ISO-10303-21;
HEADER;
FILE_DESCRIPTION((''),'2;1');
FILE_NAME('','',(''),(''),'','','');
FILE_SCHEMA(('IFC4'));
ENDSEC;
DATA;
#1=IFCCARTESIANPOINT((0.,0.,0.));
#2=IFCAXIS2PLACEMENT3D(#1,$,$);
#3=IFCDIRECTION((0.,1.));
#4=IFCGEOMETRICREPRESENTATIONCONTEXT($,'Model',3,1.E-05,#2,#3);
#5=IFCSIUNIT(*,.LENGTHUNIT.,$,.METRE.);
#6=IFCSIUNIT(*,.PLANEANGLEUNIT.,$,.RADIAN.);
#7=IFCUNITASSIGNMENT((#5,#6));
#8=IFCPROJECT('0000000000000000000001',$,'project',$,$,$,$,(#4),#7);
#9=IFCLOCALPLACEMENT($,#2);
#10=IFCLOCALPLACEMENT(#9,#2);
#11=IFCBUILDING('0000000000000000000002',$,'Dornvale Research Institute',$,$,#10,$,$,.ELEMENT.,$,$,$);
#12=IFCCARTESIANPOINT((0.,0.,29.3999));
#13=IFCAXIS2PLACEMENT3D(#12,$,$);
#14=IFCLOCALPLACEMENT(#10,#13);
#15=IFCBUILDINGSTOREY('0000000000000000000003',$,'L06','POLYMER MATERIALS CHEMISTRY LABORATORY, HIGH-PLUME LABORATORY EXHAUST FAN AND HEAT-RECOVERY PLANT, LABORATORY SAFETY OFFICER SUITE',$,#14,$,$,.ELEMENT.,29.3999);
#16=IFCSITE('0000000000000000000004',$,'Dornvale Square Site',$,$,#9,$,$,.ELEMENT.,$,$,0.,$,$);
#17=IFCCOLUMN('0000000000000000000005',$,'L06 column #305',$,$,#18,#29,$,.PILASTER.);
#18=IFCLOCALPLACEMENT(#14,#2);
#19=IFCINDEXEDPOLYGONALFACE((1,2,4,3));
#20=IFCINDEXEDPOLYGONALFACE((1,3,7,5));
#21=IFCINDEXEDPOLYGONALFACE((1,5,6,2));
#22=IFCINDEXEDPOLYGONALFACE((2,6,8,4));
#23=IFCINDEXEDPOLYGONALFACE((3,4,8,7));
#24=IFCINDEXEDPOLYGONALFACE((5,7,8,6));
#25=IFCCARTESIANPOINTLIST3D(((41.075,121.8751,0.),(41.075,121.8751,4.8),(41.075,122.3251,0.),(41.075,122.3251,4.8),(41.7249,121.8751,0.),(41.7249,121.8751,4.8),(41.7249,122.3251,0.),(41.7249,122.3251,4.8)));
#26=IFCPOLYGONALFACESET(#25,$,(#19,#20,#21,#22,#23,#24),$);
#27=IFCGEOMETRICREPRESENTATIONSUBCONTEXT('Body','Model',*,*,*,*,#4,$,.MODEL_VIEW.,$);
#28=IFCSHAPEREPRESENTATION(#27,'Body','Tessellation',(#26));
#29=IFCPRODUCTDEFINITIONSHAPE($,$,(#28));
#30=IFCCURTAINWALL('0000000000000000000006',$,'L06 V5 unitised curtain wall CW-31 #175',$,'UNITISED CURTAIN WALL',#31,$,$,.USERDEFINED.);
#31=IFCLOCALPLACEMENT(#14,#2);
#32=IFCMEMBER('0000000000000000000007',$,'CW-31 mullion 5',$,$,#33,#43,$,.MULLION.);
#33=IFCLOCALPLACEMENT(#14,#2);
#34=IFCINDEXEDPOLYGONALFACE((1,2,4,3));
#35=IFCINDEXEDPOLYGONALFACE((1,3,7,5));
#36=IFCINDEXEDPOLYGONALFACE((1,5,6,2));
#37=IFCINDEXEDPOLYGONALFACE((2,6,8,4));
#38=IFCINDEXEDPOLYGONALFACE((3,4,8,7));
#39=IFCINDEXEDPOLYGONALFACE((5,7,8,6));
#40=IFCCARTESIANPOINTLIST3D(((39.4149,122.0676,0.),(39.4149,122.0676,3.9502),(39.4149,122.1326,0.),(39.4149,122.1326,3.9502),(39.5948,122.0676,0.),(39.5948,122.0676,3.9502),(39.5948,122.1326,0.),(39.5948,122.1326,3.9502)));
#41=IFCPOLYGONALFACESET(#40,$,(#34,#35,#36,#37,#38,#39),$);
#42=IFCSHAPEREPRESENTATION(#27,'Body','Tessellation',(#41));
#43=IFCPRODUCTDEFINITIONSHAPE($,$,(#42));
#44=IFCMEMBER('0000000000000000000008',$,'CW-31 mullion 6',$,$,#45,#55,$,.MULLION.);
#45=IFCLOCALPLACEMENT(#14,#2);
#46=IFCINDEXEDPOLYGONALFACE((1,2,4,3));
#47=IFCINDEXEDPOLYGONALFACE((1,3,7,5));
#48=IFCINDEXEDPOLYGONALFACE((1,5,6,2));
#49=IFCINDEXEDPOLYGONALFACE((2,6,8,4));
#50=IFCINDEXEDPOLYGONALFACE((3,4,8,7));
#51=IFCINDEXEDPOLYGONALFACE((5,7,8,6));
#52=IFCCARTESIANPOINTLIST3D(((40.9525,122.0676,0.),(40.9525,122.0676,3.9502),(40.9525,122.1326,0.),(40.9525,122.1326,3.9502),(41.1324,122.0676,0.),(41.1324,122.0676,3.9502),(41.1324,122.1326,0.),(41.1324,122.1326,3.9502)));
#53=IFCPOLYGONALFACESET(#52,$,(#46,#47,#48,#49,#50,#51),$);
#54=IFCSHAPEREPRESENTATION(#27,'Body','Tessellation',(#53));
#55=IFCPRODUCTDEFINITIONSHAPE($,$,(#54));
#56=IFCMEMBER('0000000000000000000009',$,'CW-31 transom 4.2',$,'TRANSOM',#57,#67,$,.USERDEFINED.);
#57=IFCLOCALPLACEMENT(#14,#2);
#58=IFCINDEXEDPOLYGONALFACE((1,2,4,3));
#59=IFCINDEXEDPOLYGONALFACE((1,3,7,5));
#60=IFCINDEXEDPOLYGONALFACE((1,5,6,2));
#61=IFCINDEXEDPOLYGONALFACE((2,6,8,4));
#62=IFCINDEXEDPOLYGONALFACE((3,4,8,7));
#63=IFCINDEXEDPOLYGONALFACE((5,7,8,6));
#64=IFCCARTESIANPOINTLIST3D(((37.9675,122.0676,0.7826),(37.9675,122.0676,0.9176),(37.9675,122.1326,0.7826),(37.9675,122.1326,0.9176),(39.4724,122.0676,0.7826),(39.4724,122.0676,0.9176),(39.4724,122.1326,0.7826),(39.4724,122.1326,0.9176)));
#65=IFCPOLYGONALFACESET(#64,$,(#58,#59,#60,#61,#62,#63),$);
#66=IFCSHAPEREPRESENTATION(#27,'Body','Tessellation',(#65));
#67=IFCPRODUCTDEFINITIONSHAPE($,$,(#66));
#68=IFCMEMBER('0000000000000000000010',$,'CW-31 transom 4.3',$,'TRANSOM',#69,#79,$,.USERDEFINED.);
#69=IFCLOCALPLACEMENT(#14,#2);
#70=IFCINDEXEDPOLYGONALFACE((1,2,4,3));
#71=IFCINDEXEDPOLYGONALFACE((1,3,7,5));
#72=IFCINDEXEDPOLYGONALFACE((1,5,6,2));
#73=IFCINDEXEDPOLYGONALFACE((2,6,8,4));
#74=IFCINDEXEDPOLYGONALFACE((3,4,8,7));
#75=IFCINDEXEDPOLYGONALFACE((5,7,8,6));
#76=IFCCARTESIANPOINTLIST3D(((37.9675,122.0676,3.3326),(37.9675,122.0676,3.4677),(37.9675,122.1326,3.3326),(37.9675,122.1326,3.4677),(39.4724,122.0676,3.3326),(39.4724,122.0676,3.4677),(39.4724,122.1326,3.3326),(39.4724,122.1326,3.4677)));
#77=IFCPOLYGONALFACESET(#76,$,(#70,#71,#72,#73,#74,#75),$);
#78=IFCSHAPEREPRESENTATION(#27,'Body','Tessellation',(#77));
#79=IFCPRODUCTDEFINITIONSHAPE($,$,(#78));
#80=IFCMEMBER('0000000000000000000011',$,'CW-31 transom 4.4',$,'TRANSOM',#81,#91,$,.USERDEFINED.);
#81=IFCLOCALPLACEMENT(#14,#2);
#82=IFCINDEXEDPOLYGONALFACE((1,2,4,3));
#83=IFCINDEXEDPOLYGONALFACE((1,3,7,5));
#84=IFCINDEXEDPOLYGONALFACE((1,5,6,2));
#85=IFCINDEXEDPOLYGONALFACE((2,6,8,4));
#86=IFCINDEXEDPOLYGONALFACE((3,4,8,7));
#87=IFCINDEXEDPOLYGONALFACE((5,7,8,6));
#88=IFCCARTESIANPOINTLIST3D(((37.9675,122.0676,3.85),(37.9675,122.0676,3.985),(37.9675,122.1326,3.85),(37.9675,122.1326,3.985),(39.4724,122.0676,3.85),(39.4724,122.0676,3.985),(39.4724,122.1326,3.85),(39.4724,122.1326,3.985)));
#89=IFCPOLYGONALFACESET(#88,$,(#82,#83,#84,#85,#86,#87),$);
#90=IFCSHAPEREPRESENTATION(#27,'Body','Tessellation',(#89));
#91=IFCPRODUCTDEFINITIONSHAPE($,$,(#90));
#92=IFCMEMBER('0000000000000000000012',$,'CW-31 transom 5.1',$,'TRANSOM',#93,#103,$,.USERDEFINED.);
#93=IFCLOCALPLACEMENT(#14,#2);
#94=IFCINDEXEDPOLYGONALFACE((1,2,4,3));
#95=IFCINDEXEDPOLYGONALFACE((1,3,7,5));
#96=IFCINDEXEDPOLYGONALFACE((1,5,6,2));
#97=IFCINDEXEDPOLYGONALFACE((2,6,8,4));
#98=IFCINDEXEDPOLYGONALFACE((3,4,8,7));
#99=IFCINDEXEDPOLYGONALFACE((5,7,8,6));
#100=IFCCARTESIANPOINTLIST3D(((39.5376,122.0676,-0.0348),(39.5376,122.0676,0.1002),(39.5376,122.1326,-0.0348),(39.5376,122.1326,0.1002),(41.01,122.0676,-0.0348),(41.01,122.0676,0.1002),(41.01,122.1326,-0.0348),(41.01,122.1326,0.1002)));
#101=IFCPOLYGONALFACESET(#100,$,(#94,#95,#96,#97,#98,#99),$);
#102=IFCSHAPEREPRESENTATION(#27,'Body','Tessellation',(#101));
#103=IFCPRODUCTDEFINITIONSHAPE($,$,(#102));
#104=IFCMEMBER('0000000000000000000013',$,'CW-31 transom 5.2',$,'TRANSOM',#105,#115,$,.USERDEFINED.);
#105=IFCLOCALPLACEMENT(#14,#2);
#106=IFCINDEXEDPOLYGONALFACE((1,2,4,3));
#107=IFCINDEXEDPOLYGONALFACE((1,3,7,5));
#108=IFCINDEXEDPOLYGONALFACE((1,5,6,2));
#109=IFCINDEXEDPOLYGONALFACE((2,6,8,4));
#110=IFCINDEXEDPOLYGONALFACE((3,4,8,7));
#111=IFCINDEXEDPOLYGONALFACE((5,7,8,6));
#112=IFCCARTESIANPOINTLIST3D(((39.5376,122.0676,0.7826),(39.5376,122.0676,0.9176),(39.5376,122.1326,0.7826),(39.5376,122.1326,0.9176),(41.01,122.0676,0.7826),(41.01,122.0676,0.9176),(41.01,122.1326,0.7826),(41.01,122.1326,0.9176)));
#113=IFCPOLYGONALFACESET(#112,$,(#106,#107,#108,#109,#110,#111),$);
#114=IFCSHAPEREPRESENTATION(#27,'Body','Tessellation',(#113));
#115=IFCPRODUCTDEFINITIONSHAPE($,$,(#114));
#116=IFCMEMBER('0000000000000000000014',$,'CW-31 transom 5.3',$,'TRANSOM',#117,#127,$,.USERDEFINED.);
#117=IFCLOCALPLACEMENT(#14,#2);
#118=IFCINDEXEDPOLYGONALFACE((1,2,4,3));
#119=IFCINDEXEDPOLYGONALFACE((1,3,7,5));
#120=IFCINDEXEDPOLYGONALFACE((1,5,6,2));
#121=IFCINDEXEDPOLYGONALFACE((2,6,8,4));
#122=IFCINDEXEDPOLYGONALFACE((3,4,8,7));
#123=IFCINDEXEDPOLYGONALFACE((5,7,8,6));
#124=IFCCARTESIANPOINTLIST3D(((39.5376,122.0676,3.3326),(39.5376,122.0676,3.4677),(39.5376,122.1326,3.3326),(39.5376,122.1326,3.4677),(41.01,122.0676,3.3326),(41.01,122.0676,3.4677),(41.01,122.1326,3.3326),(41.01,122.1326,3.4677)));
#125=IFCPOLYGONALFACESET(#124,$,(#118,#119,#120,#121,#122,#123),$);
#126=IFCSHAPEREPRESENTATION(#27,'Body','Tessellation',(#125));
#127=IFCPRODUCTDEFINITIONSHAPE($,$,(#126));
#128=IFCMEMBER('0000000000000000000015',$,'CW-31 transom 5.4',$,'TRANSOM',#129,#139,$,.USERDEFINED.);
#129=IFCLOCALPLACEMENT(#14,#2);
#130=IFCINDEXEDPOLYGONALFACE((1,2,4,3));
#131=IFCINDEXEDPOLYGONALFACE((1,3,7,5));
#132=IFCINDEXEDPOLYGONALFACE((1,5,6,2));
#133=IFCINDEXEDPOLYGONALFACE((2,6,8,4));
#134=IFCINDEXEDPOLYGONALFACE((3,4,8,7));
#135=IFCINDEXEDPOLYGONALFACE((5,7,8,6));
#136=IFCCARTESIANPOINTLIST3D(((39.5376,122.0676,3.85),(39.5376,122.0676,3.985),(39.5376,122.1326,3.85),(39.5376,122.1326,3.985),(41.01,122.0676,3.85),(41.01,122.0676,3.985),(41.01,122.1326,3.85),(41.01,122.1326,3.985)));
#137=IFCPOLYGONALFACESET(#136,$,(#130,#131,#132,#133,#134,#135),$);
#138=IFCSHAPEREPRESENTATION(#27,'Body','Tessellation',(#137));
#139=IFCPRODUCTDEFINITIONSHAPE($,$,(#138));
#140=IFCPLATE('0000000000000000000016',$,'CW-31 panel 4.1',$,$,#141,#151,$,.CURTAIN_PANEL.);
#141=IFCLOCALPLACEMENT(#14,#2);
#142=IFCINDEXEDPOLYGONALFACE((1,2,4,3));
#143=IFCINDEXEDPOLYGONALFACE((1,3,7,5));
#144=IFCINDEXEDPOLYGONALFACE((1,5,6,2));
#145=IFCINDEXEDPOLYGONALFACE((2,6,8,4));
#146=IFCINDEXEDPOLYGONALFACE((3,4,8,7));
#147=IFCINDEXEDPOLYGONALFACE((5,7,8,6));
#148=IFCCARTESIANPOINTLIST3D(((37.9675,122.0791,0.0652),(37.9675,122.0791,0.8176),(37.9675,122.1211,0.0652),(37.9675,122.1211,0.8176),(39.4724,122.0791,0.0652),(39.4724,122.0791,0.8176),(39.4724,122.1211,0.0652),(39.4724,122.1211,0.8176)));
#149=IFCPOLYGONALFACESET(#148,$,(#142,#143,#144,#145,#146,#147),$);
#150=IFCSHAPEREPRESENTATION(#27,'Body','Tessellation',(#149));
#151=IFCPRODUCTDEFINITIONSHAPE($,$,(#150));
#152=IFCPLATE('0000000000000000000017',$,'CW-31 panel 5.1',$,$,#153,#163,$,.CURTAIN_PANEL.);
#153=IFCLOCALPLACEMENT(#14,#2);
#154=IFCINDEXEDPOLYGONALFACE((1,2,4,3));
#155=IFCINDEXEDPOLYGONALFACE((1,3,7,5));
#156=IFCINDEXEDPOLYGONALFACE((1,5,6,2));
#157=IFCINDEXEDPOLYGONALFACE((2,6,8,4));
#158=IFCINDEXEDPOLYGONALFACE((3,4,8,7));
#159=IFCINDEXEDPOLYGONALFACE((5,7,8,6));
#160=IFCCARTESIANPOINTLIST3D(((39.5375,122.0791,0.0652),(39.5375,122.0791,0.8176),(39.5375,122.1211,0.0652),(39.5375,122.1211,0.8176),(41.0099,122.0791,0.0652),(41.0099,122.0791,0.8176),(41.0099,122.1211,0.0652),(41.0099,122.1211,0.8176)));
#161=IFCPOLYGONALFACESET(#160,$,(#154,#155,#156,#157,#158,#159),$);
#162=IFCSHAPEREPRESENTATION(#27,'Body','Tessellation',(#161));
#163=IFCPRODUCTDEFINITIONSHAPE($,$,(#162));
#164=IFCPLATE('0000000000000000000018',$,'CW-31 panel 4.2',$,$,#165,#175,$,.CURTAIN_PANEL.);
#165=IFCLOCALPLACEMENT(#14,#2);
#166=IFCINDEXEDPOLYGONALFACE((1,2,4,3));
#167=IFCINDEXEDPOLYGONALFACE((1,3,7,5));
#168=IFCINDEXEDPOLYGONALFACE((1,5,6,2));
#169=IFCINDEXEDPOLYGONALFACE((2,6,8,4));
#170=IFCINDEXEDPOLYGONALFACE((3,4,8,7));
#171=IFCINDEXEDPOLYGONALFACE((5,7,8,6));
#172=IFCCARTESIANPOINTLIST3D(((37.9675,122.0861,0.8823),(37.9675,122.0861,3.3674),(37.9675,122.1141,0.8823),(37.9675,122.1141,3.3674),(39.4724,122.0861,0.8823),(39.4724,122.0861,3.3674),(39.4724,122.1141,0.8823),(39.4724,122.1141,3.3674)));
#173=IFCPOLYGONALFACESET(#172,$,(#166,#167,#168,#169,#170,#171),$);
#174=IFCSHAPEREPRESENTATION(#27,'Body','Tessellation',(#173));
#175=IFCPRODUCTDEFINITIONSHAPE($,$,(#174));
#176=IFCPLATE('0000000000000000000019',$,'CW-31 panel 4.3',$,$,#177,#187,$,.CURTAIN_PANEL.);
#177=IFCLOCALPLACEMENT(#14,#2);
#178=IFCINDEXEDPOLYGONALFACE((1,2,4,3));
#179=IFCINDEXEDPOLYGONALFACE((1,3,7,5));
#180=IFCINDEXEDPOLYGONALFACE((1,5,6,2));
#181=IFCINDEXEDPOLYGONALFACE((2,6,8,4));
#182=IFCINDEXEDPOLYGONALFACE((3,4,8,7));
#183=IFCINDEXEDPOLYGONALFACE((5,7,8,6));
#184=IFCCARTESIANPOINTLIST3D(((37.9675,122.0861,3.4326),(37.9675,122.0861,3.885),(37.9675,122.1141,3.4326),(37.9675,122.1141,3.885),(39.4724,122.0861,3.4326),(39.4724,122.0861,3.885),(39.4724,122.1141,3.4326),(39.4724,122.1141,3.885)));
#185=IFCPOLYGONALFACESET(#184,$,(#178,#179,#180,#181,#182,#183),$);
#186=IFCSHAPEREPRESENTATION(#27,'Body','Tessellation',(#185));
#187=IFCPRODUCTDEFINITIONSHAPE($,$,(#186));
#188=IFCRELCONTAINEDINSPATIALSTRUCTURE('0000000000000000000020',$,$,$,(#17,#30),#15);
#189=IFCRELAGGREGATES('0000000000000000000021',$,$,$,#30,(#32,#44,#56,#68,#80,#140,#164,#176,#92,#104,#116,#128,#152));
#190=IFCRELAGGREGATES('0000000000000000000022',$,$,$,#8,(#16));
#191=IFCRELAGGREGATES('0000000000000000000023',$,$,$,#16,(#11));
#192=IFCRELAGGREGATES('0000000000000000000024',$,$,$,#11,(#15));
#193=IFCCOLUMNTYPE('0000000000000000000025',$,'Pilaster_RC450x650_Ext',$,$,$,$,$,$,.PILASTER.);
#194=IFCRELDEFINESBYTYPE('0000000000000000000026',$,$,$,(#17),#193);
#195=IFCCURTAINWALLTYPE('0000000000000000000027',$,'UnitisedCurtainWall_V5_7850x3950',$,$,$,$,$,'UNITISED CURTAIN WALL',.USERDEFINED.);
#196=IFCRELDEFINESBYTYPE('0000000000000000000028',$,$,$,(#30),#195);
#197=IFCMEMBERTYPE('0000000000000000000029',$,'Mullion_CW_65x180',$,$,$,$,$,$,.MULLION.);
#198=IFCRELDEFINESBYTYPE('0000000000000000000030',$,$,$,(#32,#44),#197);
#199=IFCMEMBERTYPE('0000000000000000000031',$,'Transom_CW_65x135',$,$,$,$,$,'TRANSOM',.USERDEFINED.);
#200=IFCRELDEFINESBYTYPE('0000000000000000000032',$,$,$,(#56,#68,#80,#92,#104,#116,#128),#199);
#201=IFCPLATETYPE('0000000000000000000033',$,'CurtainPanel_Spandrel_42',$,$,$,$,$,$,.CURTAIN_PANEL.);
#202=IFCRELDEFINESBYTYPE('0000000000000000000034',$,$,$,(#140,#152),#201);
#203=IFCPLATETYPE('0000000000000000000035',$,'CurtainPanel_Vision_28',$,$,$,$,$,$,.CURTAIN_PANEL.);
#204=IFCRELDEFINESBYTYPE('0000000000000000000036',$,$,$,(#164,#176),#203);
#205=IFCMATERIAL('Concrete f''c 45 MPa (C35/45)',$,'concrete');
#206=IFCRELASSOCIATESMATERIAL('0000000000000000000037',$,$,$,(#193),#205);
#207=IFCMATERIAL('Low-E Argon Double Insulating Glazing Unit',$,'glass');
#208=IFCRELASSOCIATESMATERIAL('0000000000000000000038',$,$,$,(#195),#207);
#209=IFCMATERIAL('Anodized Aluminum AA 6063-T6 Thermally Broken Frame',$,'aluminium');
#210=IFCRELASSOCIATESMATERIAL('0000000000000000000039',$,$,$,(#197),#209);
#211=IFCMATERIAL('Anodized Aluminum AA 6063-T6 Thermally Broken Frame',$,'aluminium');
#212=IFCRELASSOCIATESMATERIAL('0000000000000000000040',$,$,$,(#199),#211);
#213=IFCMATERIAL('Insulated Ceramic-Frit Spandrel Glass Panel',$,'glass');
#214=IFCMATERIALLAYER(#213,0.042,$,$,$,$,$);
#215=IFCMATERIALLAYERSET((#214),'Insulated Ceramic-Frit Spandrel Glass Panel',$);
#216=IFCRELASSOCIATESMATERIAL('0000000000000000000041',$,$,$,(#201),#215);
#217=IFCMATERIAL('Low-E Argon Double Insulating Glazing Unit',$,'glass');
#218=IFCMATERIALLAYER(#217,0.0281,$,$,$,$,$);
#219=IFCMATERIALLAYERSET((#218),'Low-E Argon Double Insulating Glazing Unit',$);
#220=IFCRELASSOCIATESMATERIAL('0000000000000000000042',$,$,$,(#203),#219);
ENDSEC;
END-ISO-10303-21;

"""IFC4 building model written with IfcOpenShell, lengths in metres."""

from ifc_helpers import new_model, si_unit, direction, frame, origin, origin_2d, place, context, subcontext, project, spatial, rectangle, extrude, material, layer, layer_set, material_profile, profile_set, type_object, element, aggregate, save


model = new_model("IFC4")

# Units and contexts
model_context = context("Model", 3, precision=1e-05, world=origin(), true_north=direction((0.0, 1.0)))
body_context = subcontext(model_context, "Body", "Model", "MODEL_VIEW")
ifc_project = project(units=[si_unit("LENGTHUNIT", "METRE"), si_unit("PLANEANGLEUNIT", "RADIAN")], contexts=[model_context])

# Site, building, storey
site_placement = place(None, origin())
site = spatial("IfcSite", under=ifc_project, at=site_placement, Name="Dornvale Square Site", CompositionType="ELEMENT", RefElevation=0.0)
building_placement = place(site_placement, origin())
building = spatial("IfcBuilding", under=site, at=building_placement, Name="Dornvale Research Institute", CompositionType="ELEMENT")
storey_placement = place(building_placement, frame((0.0, 0.0, 29.3999)))
storey = spatial("IfcBuildingStorey", under=building, at=storey_placement, Name="L06", Description="POLYMER MATERIALS CHEMISTRY LABORATORY, HIGH-PLUME LABORATORY EXHAUST FAN AND HEAT-RECOVERY PLANT, LABORATORY SAFETY OFFICER SUITE", CompositionType="ELEMENT", Elevation=29.3999)

# Column
ifc_material_1 = material(Name="Concrete f'c 45 MPa (C35/45)", Category="concrete")
ifc_material_profile_1 = material_profile(ifc_material_1, rectangle(XDim=0.45, YDim=0.6499, at=origin_2d()), Name="RC 450x650")
ifc_profile_set_1 = profile_set([ifc_material_profile_1], Name="Concrete f'c 45 MPa (C35/45)")
column_type = type_object("IfcColumnType", Name="Pilaster_RC450x650_Ext", PredefinedType="PILASTER", material=ifc_profile_set_1)
column_placement = place(storey_placement, frame((41.3999, 122.1001, 0.0), z_axis=(0.0, 0.0, 1.0), x_axis=(0.0, 1.0, 0.0)))
element("IfcColumn", 1, at=column_placement, inside=storey, type_object=column_type, Name="L06 column #305", PredefinedType="PILASTER", context=body_context, shape_type="SweptSolid", body=[
    extrude(rectangle(XDim=0.45, YDim=0.6499, at=origin_2d()), origin(), (0.0, 0.0, 1.0), 4.8),
])

# Curtain wall, members, plates
ifc_material_2 = material(Name="Low-E Argon Double Insulating Glazing Unit", Category="glass")
curtain_wall_type = type_object("IfcCurtainWallType", Name="UnitisedCurtainWall_V5_7850x3950", ElementType="UNITISED CURTAIN WALL", PredefinedType="USERDEFINED", material=ifc_material_2)
curtain_wall_placement = place(storey_placement, origin())
curtain_wall = element("IfcCurtainWall", 2, at=curtain_wall_placement, inside=storey, type_object=curtain_wall_type, Name="L06 V5 unitised curtain wall CW-31 #175", ObjectType="UNITISED CURTAIN WALL", PredefinedType="USERDEFINED")
ifc_material_3 = material(Name="Anodized Aluminum AA 6063-T6 Thermally Broken Frame", Category="aluminium")
ifc_material_profile_2 = material_profile(ifc_material_3, rectangle(XDim=0.0649, YDim=0.1799, at=origin_2d()), Name="ALU MULLION 65x180")
ifc_profile_set_2 = profile_set([ifc_material_profile_2], Name="Anodized Aluminum AA 6063-T6 Thermally Broken Frame")
member_type_1 = type_object("IfcMemberType", Name="Mullion_CW_65x180", PredefinedType="MULLION", material=ifc_profile_set_2)
member_1_placement = place(storey_placement, frame((39.5049, 122.1001, 0.0), z_axis=(0.0, 0.0, 1.0), x_axis=(0.0, 1.0, 0.0)))
member_1 = element("IfcMember", 3, at=member_1_placement, type_object=member_type_1, Name="CW-31 mullion 5", PredefinedType="MULLION", context=body_context, shape_type="SweptSolid", body=[
    extrude(rectangle(XDim=0.0649, YDim=0.1799, at=origin_2d()), origin(), (0.0, 0.0, 1.0), 3.9502),
])
member_2_placement = place(storey_placement, frame((41.0425, 122.1001, 0.0), z_axis=(0.0, 0.0, 1.0), x_axis=(0.0, 1.0, 0.0)))
member_2 = element("IfcMember", 4, at=member_2_placement, type_object=member_type_1, Name="CW-31 mullion 6", PredefinedType="MULLION", context=body_context, shape_type="SweptSolid", body=[
    extrude(rectangle(XDim=0.0649, YDim=0.1799, at=origin_2d()), origin(), (0.0, 0.0, 1.0), 3.9502),
])
ifc_material_4 = material(Name="Anodized Aluminum AA 6063-T6 Thermally Broken Frame", Category="aluminium")
ifc_material_profile_3 = material_profile(ifc_material_4, rectangle(XDim=0.0649, YDim=0.135, at=origin_2d()), Name="ALU TRANSOM 65x135")
ifc_profile_set_3 = profile_set([ifc_material_profile_3], Name="Anodized Aluminum AA 6063-T6 Thermally Broken Frame")
member_type_2 = type_object("IfcMemberType", Name="Transom_CW_65x135", ElementType="TRANSOM", PredefinedType="USERDEFINED", material=ifc_profile_set_3)
member_3_placement = place(storey_placement, frame((37.9675, 122.1001, 0.8501), z_axis=(1.0, 0.0, 0.0), x_axis=(0.0, 1.0, 0.0)))
member_3 = element("IfcMember", 5, at=member_3_placement, type_object=member_type_2, Name="CW-31 transom 4.2", ObjectType="TRANSOM", PredefinedType="USERDEFINED", context=body_context, shape_type="SweptSolid", body=[
    extrude(rectangle(XDim=0.0649, YDim=0.135, at=origin_2d()), origin(), (0.0, 0.0, 1.0), 1.5049),
])
member_4_placement = place(storey_placement, frame((37.9675, 122.1001, 3.4001), z_axis=(1.0, 0.0, 0.0), x_axis=(0.0, 1.0, 0.0)))
member_4 = element("IfcMember", 6, at=member_4_placement, type_object=member_type_2, Name="CW-31 transom 4.3", ObjectType="TRANSOM", PredefinedType="USERDEFINED", context=body_context, shape_type="SweptSolid", body=[
    extrude(rectangle(XDim=0.0649, YDim=0.135, at=origin_2d()), origin(), (0.0, 0.0, 1.0), 1.5049),
])
member_5_placement = place(storey_placement, frame((37.9675, 122.1001, 3.9175), z_axis=(1.0, 0.0, 0.0), x_axis=(0.0, 1.0, 0.0)))
member_5 = element("IfcMember", 7, at=member_5_placement, type_object=member_type_2, Name="CW-31 transom 4.4", ObjectType="TRANSOM", PredefinedType="USERDEFINED", context=body_context, shape_type="SweptSolid", body=[
    extrude(rectangle(XDim=0.0649, YDim=0.135, at=origin_2d()), origin(), (0.0, 0.0, 1.0), 1.5049),
])
member_6_placement = place(storey_placement, frame((39.5376, 122.1001, 0.0327), z_axis=(1.0, 0.0, 0.0), x_axis=(0.0, 1.0, 0.0)))
member_6 = element("IfcMember", 8, at=member_6_placement, type_object=member_type_2, Name="CW-31 transom 5.1", ObjectType="TRANSOM", PredefinedType="USERDEFINED", context=body_context, shape_type="SweptSolid", body=[
    extrude(rectangle(XDim=0.0649, YDim=0.135, at=origin_2d()), origin(), (0.0, 0.0, 1.0), 1.4724),
])
member_7_placement = place(storey_placement, frame((39.5376, 122.1001, 0.8501), z_axis=(1.0, 0.0, 0.0), x_axis=(0.0, 1.0, 0.0)))
member_7 = element("IfcMember", 9, at=member_7_placement, type_object=member_type_2, Name="CW-31 transom 5.2", ObjectType="TRANSOM", PredefinedType="USERDEFINED", context=body_context, shape_type="SweptSolid", body=[
    extrude(rectangle(XDim=0.0649, YDim=0.135, at=origin_2d()), origin(), (0.0, 0.0, 1.0), 1.4724),
])
member_8_placement = place(storey_placement, frame((39.5376, 122.1001, 3.4001), z_axis=(1.0, 0.0, 0.0), x_axis=(0.0, 1.0, 0.0)))
member_8 = element("IfcMember", 10, at=member_8_placement, type_object=member_type_2, Name="CW-31 transom 5.3", ObjectType="TRANSOM", PredefinedType="USERDEFINED", context=body_context, shape_type="SweptSolid", body=[
    extrude(rectangle(XDim=0.0649, YDim=0.135, at=origin_2d()), origin(), (0.0, 0.0, 1.0), 1.4724),
])
member_9_placement = place(storey_placement, frame((39.5376, 122.1001, 3.9175), z_axis=(1.0, 0.0, 0.0), x_axis=(0.0, 1.0, 0.0)))
member_9 = element("IfcMember", 11, at=member_9_placement, type_object=member_type_2, Name="CW-31 transom 5.4", ObjectType="TRANSOM", PredefinedType="USERDEFINED", context=body_context, shape_type="SweptSolid", body=[
    extrude(rectangle(XDim=0.0649, YDim=0.135, at=origin_2d()), origin(), (0.0, 0.0, 1.0), 1.4724),
])
ifc_material_5 = material(Name="Insulated Ceramic-Frit Spandrel Glass Panel", Category="glass")
ifc_layer_1 = layer(ifc_material_5, 0.042)
ifc_layer_set_1 = layer_set([ifc_layer_1], Name="Insulated Ceramic-Frit Spandrel Glass Panel")
plate_type_1 = type_object("IfcPlateType", Name="CurtainPanel_Spandrel_42", PredefinedType="CURTAIN_PANEL", material=ifc_layer_set_1)
plate_1_placement = place(storey_placement, frame((38.72, 122.1001, 0.0652), z_axis=(0.0, 0.0, 1.0), x_axis=(1.0, 0.0, 0.0)))
plate_1 = element("IfcPlate", 12, at=plate_1_placement, type_object=plate_type_1, Name="CW-31 panel 4.1", PredefinedType="CURTAIN_PANEL", context=body_context, shape_type="SweptSolid", body=[
    extrude(rectangle(XDim=1.5049, YDim=0.042, at=origin_2d()), origin(), (0.0, 0.0, 1.0), 0.7524),
])
plate_2_placement = place(storey_placement, frame((40.2737, 122.1001, 0.0652), z_axis=(0.0, 0.0, 1.0), x_axis=(1.0, 0.0, 0.0)))
plate_2 = element("IfcPlate", 13, at=plate_2_placement, type_object=plate_type_1, Name="CW-31 panel 5.1", PredefinedType="CURTAIN_PANEL", context=body_context, shape_type="SweptSolid", body=[
    extrude(rectangle(XDim=1.4724, YDim=0.042, at=origin_2d()), origin(), (0.0, 0.0, 1.0), 0.7524),
])
ifc_material_6 = material(Name="Low-E Argon Double Insulating Glazing Unit", Category="glass")
ifc_layer_2 = layer(ifc_material_6, 0.0281)
ifc_layer_set_2 = layer_set([ifc_layer_2], Name="Low-E Argon Double Insulating Glazing Unit")
plate_type_2 = type_object("IfcPlateType", Name="CurtainPanel_Vision_28", PredefinedType="CURTAIN_PANEL", material=ifc_layer_set_2)
plate_3_placement = place(storey_placement, frame((38.72, 122.1001, 0.8823), z_axis=(0.0, 0.0, 1.0), x_axis=(1.0, 0.0, 0.0)))
plate_3 = element("IfcPlate", 14, at=plate_3_placement, type_object=plate_type_2, Name="CW-31 panel 4.2", PredefinedType="CURTAIN_PANEL", context=body_context, shape_type="SweptSolid", body=[
    extrude(rectangle(XDim=1.5049, YDim=0.0281, at=origin_2d()), origin(), (0.0, 0.0, 1.0), 2.4851),
])
plate_4_placement = place(storey_placement, frame((38.72, 122.1001, 3.4326), z_axis=(0.0, 0.0, 1.0), x_axis=(1.0, 0.0, 0.0)))
plate_4 = element("IfcPlate", 15, at=plate_4_placement, type_object=plate_type_2, Name="CW-31 panel 4.3", PredefinedType="CURTAIN_PANEL", context=body_context, shape_type="SweptSolid", body=[
    extrude(rectangle(XDim=1.5049, YDim=0.0281, at=origin_2d()), origin(), (0.0, 0.0, 1.0), 0.4524),
])
aggregate(curtain_wall, [member_1, member_2, member_3, member_4, member_5, plate_1, plate_3, plate_4, member_6, member_7, member_8, member_9, plate_2])

save(model, "model.ifc")
